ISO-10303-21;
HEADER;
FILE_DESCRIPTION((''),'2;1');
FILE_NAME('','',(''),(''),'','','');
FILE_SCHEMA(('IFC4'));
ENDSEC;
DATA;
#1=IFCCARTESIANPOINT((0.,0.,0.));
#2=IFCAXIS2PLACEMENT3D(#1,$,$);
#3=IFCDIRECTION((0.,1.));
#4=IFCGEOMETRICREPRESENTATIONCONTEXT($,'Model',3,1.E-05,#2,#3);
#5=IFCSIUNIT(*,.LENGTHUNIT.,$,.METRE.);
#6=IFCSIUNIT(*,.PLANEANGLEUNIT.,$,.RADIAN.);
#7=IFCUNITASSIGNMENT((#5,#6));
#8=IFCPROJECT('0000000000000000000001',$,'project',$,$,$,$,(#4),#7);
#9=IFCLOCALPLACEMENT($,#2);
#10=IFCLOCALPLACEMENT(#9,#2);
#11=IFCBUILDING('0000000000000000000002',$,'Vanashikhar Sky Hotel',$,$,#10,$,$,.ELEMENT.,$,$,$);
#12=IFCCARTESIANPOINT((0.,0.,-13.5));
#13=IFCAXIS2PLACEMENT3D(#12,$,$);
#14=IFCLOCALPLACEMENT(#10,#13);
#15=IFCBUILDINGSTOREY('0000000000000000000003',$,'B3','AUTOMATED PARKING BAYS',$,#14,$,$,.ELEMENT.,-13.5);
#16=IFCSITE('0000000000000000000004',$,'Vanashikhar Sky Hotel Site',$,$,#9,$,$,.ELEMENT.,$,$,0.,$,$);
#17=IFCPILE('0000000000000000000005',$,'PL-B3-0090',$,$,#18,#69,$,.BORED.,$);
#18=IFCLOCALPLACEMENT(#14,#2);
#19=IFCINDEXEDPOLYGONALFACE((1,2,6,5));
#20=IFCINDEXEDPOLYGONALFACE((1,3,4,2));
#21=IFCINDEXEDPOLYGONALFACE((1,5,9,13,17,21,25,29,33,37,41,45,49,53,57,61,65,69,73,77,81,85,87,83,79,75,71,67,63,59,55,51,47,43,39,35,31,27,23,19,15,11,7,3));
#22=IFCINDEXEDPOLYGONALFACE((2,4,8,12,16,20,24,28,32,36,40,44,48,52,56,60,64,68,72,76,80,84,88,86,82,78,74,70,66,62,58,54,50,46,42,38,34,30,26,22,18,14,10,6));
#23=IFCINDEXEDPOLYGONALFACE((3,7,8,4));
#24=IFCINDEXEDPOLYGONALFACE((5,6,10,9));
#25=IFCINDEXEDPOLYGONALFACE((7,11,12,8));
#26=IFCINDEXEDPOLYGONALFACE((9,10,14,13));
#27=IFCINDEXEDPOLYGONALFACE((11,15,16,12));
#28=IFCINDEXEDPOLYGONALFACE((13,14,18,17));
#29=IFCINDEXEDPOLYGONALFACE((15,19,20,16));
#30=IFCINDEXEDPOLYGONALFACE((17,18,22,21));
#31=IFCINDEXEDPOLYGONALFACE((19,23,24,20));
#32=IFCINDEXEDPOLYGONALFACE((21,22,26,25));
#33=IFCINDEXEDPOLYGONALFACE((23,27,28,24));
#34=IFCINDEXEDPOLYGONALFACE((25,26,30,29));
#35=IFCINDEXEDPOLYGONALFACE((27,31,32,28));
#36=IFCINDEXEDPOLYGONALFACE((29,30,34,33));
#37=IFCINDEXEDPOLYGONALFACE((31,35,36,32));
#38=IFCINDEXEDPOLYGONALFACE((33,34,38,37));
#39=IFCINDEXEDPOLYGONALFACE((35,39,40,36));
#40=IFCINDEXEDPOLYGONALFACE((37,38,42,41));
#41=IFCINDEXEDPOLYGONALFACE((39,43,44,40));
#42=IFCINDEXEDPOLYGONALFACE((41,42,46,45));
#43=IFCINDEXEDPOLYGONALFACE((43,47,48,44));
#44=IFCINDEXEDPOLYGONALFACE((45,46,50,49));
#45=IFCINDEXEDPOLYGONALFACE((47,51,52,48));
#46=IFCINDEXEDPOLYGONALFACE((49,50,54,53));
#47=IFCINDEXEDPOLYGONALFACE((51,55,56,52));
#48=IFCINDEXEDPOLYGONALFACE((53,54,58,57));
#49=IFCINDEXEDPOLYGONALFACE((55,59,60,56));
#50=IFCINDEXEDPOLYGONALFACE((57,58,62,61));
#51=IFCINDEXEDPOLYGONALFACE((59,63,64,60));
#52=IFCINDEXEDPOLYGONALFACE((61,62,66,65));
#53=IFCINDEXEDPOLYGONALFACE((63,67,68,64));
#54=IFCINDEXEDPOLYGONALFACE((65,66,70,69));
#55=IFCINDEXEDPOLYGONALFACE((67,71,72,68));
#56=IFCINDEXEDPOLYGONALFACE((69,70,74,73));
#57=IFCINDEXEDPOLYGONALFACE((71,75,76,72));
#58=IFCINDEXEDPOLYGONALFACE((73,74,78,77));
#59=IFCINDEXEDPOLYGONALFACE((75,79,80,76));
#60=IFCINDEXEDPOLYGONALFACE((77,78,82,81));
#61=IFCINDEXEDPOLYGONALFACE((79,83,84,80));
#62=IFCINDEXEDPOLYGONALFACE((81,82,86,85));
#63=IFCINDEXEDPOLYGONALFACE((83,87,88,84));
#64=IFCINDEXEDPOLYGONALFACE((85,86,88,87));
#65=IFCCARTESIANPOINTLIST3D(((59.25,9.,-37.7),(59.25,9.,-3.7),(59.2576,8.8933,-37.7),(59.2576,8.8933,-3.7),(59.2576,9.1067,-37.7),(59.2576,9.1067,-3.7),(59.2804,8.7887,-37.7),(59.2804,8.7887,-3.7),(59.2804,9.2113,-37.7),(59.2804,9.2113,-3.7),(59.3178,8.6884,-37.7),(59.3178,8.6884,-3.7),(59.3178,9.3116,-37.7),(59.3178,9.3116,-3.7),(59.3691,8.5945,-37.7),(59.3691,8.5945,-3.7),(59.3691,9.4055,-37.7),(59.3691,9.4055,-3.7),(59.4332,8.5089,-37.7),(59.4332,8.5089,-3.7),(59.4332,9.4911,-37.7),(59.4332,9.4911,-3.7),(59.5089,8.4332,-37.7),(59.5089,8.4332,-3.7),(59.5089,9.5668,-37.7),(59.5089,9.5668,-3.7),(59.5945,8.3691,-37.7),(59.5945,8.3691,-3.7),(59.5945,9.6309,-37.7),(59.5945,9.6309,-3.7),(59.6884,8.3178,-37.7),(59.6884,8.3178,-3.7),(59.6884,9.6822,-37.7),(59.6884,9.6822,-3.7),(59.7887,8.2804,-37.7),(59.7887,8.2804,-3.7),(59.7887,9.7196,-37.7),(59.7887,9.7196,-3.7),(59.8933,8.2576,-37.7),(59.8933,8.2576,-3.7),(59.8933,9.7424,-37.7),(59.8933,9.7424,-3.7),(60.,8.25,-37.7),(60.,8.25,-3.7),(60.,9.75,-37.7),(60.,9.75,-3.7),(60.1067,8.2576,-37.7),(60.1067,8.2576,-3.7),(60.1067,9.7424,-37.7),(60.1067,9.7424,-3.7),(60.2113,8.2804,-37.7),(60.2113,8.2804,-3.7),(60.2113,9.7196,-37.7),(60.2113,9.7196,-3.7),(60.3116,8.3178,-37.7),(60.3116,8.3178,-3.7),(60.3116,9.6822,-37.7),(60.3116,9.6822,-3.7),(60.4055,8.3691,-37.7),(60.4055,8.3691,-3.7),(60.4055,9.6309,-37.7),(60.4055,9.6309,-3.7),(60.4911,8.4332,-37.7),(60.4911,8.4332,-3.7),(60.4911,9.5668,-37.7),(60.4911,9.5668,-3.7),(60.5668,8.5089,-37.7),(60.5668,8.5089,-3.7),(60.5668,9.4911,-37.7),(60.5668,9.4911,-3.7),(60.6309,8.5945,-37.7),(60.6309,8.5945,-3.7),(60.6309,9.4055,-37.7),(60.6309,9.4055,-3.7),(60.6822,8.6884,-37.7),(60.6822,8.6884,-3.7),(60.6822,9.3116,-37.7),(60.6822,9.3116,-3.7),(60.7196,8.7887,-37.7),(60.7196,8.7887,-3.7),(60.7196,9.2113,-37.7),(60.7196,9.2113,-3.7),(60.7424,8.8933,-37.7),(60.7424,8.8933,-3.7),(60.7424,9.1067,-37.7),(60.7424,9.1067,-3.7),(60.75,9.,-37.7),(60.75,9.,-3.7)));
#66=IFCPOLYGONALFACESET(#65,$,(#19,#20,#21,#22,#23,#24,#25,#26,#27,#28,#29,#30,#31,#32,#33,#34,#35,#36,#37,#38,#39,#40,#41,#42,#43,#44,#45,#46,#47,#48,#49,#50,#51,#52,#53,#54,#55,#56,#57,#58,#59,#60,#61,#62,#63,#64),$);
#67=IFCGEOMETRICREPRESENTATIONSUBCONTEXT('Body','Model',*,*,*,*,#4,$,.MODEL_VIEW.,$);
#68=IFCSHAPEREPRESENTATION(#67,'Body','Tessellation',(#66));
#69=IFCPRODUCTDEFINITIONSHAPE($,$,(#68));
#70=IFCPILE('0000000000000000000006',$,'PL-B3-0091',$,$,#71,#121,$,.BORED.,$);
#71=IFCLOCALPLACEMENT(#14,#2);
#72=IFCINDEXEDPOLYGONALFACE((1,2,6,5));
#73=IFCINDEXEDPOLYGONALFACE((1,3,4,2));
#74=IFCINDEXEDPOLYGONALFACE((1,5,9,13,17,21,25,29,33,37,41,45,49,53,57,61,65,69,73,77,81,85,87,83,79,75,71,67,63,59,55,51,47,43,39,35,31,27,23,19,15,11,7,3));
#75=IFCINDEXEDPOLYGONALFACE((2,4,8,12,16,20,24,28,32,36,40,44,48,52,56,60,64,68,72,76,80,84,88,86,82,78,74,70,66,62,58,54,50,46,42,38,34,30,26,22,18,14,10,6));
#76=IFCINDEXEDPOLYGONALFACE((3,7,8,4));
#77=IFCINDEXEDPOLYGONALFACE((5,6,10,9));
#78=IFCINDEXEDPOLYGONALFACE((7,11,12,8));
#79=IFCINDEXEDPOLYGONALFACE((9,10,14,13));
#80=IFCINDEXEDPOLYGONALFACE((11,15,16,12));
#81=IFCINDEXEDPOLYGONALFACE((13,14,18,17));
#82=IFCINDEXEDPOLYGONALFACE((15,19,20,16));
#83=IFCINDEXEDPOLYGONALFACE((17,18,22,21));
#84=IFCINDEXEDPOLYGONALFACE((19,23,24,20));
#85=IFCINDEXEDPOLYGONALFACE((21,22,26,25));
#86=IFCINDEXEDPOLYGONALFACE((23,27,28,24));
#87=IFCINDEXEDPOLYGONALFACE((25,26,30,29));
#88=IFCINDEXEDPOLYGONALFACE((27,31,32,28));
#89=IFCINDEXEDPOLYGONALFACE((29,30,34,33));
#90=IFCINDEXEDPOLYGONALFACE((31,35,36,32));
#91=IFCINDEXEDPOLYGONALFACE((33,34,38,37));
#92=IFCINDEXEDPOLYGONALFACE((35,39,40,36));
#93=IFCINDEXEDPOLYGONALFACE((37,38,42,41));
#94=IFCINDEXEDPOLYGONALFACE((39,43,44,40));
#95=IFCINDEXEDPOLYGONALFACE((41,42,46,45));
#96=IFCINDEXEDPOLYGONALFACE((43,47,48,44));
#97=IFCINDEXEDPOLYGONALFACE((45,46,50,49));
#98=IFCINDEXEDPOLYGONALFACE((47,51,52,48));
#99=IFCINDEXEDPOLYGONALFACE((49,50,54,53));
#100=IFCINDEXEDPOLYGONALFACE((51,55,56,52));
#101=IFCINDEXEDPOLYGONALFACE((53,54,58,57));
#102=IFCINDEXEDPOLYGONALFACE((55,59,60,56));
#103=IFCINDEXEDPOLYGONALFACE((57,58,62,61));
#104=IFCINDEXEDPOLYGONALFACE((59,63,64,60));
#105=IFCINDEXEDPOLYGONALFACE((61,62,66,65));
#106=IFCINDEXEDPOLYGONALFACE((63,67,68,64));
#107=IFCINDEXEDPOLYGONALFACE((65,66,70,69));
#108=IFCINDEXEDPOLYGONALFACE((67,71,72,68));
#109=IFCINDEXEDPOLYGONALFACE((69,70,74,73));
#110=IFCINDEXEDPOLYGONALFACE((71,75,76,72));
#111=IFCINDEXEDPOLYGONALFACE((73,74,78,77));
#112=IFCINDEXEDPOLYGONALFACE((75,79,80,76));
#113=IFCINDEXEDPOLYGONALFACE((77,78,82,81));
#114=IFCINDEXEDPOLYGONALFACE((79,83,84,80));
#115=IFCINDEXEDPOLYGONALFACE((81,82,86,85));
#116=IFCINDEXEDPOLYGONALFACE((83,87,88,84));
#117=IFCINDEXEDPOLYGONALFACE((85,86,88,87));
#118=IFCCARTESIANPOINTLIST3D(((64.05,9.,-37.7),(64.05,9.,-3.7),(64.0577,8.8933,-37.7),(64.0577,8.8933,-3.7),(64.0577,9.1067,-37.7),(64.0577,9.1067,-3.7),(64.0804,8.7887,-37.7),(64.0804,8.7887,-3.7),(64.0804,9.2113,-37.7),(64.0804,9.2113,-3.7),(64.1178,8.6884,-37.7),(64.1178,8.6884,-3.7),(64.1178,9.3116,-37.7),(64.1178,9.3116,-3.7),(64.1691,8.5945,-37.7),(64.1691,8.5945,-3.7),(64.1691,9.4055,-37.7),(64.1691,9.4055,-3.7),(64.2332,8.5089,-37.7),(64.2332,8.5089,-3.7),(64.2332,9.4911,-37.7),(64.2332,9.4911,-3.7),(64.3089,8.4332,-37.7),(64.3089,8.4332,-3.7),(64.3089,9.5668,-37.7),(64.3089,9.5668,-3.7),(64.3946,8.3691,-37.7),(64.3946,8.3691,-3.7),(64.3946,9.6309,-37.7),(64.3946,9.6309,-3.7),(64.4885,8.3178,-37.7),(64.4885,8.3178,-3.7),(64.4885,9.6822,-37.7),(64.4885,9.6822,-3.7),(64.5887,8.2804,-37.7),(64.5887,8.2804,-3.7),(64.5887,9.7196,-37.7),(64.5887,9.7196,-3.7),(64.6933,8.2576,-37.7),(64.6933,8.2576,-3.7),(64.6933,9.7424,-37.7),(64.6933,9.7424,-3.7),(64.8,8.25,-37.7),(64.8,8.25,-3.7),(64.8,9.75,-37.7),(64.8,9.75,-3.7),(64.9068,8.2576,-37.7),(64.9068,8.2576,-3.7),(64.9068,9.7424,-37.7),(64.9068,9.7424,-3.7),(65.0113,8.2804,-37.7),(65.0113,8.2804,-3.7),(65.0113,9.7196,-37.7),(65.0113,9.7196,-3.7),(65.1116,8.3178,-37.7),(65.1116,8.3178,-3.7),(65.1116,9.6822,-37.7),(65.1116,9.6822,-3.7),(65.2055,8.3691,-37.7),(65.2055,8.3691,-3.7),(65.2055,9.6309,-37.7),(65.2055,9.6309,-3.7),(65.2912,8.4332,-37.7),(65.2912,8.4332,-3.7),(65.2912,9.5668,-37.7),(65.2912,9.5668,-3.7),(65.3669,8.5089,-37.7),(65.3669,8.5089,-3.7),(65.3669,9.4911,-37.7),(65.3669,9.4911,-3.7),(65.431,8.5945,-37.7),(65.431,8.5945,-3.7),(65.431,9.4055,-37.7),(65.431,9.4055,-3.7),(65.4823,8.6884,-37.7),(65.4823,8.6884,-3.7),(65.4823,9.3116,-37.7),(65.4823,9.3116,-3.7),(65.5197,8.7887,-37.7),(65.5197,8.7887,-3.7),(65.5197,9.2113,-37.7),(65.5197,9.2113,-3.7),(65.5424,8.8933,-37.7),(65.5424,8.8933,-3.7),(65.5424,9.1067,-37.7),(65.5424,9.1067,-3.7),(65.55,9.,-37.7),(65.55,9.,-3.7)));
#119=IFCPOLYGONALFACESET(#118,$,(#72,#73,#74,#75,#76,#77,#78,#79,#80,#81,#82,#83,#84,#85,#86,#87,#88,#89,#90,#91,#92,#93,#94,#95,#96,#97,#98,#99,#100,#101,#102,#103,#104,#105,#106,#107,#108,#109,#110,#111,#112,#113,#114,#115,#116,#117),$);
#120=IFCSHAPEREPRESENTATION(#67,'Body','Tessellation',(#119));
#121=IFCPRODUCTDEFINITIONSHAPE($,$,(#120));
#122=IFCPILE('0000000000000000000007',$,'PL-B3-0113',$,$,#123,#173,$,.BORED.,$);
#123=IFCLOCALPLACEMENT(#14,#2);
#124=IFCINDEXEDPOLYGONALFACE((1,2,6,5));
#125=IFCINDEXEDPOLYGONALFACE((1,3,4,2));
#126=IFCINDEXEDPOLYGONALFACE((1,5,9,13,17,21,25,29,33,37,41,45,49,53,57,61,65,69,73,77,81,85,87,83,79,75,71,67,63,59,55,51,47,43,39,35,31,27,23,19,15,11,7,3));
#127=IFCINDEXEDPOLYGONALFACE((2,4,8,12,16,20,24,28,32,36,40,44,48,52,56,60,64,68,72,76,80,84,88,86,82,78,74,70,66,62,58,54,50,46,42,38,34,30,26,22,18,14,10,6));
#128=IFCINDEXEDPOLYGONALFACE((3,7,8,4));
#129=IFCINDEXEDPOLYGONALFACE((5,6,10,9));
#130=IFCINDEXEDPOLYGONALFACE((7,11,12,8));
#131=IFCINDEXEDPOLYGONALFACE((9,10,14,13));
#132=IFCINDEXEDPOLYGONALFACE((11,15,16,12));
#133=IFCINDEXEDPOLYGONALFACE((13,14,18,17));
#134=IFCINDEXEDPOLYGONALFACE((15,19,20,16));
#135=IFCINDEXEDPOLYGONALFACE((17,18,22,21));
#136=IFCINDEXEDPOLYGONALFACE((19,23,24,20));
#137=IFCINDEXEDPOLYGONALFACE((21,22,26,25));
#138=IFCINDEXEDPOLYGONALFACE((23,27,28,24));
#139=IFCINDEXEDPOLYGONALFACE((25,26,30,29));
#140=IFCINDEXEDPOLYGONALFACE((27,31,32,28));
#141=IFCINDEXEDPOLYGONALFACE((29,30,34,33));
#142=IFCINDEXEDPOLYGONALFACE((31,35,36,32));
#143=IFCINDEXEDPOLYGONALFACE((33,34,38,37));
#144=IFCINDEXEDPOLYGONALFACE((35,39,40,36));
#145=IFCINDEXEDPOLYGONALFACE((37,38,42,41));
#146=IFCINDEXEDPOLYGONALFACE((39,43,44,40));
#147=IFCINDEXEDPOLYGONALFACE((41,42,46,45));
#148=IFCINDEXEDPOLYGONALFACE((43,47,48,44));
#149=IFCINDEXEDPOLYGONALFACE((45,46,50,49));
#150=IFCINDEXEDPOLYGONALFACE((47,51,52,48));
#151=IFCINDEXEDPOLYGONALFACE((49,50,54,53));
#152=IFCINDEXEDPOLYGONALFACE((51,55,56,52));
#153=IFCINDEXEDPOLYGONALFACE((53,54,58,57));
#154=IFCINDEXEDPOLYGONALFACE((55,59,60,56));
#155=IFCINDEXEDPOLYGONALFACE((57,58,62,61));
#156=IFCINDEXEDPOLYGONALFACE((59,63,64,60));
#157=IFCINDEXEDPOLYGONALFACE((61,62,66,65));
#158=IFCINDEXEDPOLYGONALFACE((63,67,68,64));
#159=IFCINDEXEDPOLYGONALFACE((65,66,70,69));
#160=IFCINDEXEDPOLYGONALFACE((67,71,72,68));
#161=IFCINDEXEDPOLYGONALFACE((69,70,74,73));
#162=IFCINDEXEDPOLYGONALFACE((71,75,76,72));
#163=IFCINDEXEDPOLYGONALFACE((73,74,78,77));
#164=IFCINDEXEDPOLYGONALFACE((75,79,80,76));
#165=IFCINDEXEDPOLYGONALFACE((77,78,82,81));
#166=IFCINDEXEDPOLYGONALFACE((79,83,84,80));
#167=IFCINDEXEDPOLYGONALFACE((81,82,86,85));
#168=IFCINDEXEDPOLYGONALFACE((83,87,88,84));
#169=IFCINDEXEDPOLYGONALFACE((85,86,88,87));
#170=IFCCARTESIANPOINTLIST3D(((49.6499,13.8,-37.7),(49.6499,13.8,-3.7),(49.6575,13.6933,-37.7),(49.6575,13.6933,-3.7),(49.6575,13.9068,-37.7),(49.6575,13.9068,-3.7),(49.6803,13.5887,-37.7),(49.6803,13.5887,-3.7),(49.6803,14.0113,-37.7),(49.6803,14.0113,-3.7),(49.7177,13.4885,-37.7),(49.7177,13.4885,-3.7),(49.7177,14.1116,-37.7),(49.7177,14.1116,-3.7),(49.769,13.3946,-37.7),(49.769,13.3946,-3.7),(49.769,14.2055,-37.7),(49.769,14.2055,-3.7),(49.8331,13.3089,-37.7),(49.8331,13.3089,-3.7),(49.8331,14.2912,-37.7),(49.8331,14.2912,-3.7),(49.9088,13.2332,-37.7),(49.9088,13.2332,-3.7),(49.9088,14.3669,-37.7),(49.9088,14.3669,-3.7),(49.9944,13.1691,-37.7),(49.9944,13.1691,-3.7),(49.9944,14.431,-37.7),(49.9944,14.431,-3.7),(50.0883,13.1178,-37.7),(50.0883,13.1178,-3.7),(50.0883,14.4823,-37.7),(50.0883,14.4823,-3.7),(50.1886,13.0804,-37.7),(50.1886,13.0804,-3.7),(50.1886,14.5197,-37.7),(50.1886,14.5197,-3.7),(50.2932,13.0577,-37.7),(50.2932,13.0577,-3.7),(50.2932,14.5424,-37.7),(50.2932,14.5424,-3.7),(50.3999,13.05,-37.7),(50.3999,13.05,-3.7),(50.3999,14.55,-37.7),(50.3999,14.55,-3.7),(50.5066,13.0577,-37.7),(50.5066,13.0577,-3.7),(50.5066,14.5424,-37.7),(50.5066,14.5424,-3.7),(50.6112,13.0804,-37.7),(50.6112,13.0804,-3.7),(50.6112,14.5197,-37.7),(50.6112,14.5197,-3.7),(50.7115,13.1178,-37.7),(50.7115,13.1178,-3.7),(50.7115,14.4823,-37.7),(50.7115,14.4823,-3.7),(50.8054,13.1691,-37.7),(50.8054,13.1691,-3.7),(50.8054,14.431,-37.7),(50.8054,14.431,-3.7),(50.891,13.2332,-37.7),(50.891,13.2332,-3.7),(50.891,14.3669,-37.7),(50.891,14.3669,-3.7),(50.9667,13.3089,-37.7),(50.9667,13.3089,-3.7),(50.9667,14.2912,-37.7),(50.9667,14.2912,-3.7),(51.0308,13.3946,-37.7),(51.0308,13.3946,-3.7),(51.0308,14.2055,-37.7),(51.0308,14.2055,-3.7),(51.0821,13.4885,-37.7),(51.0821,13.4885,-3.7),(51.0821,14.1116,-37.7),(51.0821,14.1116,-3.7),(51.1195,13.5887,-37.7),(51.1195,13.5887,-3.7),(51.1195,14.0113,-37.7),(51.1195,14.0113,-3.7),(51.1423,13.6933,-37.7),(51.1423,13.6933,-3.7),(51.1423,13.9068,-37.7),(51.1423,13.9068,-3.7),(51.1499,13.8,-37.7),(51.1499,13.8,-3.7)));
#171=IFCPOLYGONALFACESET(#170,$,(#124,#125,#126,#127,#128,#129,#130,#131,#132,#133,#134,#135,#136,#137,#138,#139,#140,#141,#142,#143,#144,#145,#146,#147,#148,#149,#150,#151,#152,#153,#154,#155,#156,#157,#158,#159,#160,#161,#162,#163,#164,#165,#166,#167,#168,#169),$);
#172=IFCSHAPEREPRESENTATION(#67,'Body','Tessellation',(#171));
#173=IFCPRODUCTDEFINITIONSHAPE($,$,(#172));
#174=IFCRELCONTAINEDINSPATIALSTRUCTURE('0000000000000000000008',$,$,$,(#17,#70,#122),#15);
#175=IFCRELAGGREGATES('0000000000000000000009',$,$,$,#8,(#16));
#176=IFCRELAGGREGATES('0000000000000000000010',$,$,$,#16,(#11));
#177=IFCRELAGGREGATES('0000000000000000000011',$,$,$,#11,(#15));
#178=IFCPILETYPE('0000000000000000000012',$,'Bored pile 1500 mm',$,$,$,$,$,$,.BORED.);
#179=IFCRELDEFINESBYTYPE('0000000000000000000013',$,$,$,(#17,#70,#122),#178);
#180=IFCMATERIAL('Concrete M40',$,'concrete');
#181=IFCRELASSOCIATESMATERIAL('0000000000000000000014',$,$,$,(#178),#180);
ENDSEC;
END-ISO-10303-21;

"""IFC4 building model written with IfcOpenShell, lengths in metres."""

from ifc_helpers import new_model, si_unit, direction, frame, origin, origin_2d, place, context, subcontext, project, spatial, circle, extrude, source, transform, mapped, material, type_object, element, save


model = new_model("IFC4")

# Units and contexts
model_context = context("Model", 3, precision=1e-05, world=origin(), true_north=direction((0.0, 1.0)))
body_context = subcontext(model_context, "Body", "Model", "MODEL_VIEW")
ifc_project = project(units=[si_unit("LENGTHUNIT", "METRE"), si_unit("PLANEANGLEUNIT", "RADIAN")], contexts=[model_context])

# Site, building, storey
site_placement = place(None, origin())
site = spatial("IfcSite", under=ifc_project, at=site_placement, Name="Vanashikhar Sky Hotel Site", CompositionType="ELEMENT", RefElevation=0.0)
building_placement = place(site_placement, origin())
building = spatial("IfcBuilding", under=site, at=building_placement, Name="Vanashikhar Sky Hotel", CompositionType="ELEMENT")
storey_placement = place(building_placement, frame((0.0, 0.0, -13.5)))
storey = spatial("IfcBuildingStorey", under=building, at=storey_placement, Name="B3", Description="AUTOMATED PARKING BAYS", CompositionType="ELEMENT", Elevation=-13.5)

# Piles
ifc_material_1 = material(Name="Concrete M40", Category="concrete")
pile_type = type_object("IfcPileType", Name="Bored pile 1500 mm", PredefinedType="BORED", material=ifc_material_1)
shared_shape_1 = source(origin(), body_context, "Body", "SweptSolid", [
    extrude(circle(Radius=0.75, at=origin_2d()), origin(), (0.0, 0.0, 1.0), 34.0),
])
for number, where, z_axis, x_axis, name in (
    (1, (60.0, 9.0, -3.7), (0.0, 0.0, -1.0), (1.0, 0.0, 0.0), "PL-B3-0090"),
    (2, (64.8, 9.0, -3.7), (0.0, 0.0, -1.0), (1.0, 0.0, 0.0), "PL-B3-0091"),
    (3, (50.3999, 13.8, -3.7), (0.0, 0.0, -1.0), (1.0, 0.0, 0.0), "PL-B3-0113"),
):
    element("IfcPile", number, at=place(storey_placement, frame(where, z_axis=z_axis, x_axis=x_axis)), inside=storey, type_object=pile_type, Name=name, PredefinedType="BORED", context=body_context, shape_type="MappedRepresentation", body=[
        mapped(shared_shape_1, transform((0.0, 0.0, 0.0), scale=1.0)),
    ])

save(model, "model.ifc")
